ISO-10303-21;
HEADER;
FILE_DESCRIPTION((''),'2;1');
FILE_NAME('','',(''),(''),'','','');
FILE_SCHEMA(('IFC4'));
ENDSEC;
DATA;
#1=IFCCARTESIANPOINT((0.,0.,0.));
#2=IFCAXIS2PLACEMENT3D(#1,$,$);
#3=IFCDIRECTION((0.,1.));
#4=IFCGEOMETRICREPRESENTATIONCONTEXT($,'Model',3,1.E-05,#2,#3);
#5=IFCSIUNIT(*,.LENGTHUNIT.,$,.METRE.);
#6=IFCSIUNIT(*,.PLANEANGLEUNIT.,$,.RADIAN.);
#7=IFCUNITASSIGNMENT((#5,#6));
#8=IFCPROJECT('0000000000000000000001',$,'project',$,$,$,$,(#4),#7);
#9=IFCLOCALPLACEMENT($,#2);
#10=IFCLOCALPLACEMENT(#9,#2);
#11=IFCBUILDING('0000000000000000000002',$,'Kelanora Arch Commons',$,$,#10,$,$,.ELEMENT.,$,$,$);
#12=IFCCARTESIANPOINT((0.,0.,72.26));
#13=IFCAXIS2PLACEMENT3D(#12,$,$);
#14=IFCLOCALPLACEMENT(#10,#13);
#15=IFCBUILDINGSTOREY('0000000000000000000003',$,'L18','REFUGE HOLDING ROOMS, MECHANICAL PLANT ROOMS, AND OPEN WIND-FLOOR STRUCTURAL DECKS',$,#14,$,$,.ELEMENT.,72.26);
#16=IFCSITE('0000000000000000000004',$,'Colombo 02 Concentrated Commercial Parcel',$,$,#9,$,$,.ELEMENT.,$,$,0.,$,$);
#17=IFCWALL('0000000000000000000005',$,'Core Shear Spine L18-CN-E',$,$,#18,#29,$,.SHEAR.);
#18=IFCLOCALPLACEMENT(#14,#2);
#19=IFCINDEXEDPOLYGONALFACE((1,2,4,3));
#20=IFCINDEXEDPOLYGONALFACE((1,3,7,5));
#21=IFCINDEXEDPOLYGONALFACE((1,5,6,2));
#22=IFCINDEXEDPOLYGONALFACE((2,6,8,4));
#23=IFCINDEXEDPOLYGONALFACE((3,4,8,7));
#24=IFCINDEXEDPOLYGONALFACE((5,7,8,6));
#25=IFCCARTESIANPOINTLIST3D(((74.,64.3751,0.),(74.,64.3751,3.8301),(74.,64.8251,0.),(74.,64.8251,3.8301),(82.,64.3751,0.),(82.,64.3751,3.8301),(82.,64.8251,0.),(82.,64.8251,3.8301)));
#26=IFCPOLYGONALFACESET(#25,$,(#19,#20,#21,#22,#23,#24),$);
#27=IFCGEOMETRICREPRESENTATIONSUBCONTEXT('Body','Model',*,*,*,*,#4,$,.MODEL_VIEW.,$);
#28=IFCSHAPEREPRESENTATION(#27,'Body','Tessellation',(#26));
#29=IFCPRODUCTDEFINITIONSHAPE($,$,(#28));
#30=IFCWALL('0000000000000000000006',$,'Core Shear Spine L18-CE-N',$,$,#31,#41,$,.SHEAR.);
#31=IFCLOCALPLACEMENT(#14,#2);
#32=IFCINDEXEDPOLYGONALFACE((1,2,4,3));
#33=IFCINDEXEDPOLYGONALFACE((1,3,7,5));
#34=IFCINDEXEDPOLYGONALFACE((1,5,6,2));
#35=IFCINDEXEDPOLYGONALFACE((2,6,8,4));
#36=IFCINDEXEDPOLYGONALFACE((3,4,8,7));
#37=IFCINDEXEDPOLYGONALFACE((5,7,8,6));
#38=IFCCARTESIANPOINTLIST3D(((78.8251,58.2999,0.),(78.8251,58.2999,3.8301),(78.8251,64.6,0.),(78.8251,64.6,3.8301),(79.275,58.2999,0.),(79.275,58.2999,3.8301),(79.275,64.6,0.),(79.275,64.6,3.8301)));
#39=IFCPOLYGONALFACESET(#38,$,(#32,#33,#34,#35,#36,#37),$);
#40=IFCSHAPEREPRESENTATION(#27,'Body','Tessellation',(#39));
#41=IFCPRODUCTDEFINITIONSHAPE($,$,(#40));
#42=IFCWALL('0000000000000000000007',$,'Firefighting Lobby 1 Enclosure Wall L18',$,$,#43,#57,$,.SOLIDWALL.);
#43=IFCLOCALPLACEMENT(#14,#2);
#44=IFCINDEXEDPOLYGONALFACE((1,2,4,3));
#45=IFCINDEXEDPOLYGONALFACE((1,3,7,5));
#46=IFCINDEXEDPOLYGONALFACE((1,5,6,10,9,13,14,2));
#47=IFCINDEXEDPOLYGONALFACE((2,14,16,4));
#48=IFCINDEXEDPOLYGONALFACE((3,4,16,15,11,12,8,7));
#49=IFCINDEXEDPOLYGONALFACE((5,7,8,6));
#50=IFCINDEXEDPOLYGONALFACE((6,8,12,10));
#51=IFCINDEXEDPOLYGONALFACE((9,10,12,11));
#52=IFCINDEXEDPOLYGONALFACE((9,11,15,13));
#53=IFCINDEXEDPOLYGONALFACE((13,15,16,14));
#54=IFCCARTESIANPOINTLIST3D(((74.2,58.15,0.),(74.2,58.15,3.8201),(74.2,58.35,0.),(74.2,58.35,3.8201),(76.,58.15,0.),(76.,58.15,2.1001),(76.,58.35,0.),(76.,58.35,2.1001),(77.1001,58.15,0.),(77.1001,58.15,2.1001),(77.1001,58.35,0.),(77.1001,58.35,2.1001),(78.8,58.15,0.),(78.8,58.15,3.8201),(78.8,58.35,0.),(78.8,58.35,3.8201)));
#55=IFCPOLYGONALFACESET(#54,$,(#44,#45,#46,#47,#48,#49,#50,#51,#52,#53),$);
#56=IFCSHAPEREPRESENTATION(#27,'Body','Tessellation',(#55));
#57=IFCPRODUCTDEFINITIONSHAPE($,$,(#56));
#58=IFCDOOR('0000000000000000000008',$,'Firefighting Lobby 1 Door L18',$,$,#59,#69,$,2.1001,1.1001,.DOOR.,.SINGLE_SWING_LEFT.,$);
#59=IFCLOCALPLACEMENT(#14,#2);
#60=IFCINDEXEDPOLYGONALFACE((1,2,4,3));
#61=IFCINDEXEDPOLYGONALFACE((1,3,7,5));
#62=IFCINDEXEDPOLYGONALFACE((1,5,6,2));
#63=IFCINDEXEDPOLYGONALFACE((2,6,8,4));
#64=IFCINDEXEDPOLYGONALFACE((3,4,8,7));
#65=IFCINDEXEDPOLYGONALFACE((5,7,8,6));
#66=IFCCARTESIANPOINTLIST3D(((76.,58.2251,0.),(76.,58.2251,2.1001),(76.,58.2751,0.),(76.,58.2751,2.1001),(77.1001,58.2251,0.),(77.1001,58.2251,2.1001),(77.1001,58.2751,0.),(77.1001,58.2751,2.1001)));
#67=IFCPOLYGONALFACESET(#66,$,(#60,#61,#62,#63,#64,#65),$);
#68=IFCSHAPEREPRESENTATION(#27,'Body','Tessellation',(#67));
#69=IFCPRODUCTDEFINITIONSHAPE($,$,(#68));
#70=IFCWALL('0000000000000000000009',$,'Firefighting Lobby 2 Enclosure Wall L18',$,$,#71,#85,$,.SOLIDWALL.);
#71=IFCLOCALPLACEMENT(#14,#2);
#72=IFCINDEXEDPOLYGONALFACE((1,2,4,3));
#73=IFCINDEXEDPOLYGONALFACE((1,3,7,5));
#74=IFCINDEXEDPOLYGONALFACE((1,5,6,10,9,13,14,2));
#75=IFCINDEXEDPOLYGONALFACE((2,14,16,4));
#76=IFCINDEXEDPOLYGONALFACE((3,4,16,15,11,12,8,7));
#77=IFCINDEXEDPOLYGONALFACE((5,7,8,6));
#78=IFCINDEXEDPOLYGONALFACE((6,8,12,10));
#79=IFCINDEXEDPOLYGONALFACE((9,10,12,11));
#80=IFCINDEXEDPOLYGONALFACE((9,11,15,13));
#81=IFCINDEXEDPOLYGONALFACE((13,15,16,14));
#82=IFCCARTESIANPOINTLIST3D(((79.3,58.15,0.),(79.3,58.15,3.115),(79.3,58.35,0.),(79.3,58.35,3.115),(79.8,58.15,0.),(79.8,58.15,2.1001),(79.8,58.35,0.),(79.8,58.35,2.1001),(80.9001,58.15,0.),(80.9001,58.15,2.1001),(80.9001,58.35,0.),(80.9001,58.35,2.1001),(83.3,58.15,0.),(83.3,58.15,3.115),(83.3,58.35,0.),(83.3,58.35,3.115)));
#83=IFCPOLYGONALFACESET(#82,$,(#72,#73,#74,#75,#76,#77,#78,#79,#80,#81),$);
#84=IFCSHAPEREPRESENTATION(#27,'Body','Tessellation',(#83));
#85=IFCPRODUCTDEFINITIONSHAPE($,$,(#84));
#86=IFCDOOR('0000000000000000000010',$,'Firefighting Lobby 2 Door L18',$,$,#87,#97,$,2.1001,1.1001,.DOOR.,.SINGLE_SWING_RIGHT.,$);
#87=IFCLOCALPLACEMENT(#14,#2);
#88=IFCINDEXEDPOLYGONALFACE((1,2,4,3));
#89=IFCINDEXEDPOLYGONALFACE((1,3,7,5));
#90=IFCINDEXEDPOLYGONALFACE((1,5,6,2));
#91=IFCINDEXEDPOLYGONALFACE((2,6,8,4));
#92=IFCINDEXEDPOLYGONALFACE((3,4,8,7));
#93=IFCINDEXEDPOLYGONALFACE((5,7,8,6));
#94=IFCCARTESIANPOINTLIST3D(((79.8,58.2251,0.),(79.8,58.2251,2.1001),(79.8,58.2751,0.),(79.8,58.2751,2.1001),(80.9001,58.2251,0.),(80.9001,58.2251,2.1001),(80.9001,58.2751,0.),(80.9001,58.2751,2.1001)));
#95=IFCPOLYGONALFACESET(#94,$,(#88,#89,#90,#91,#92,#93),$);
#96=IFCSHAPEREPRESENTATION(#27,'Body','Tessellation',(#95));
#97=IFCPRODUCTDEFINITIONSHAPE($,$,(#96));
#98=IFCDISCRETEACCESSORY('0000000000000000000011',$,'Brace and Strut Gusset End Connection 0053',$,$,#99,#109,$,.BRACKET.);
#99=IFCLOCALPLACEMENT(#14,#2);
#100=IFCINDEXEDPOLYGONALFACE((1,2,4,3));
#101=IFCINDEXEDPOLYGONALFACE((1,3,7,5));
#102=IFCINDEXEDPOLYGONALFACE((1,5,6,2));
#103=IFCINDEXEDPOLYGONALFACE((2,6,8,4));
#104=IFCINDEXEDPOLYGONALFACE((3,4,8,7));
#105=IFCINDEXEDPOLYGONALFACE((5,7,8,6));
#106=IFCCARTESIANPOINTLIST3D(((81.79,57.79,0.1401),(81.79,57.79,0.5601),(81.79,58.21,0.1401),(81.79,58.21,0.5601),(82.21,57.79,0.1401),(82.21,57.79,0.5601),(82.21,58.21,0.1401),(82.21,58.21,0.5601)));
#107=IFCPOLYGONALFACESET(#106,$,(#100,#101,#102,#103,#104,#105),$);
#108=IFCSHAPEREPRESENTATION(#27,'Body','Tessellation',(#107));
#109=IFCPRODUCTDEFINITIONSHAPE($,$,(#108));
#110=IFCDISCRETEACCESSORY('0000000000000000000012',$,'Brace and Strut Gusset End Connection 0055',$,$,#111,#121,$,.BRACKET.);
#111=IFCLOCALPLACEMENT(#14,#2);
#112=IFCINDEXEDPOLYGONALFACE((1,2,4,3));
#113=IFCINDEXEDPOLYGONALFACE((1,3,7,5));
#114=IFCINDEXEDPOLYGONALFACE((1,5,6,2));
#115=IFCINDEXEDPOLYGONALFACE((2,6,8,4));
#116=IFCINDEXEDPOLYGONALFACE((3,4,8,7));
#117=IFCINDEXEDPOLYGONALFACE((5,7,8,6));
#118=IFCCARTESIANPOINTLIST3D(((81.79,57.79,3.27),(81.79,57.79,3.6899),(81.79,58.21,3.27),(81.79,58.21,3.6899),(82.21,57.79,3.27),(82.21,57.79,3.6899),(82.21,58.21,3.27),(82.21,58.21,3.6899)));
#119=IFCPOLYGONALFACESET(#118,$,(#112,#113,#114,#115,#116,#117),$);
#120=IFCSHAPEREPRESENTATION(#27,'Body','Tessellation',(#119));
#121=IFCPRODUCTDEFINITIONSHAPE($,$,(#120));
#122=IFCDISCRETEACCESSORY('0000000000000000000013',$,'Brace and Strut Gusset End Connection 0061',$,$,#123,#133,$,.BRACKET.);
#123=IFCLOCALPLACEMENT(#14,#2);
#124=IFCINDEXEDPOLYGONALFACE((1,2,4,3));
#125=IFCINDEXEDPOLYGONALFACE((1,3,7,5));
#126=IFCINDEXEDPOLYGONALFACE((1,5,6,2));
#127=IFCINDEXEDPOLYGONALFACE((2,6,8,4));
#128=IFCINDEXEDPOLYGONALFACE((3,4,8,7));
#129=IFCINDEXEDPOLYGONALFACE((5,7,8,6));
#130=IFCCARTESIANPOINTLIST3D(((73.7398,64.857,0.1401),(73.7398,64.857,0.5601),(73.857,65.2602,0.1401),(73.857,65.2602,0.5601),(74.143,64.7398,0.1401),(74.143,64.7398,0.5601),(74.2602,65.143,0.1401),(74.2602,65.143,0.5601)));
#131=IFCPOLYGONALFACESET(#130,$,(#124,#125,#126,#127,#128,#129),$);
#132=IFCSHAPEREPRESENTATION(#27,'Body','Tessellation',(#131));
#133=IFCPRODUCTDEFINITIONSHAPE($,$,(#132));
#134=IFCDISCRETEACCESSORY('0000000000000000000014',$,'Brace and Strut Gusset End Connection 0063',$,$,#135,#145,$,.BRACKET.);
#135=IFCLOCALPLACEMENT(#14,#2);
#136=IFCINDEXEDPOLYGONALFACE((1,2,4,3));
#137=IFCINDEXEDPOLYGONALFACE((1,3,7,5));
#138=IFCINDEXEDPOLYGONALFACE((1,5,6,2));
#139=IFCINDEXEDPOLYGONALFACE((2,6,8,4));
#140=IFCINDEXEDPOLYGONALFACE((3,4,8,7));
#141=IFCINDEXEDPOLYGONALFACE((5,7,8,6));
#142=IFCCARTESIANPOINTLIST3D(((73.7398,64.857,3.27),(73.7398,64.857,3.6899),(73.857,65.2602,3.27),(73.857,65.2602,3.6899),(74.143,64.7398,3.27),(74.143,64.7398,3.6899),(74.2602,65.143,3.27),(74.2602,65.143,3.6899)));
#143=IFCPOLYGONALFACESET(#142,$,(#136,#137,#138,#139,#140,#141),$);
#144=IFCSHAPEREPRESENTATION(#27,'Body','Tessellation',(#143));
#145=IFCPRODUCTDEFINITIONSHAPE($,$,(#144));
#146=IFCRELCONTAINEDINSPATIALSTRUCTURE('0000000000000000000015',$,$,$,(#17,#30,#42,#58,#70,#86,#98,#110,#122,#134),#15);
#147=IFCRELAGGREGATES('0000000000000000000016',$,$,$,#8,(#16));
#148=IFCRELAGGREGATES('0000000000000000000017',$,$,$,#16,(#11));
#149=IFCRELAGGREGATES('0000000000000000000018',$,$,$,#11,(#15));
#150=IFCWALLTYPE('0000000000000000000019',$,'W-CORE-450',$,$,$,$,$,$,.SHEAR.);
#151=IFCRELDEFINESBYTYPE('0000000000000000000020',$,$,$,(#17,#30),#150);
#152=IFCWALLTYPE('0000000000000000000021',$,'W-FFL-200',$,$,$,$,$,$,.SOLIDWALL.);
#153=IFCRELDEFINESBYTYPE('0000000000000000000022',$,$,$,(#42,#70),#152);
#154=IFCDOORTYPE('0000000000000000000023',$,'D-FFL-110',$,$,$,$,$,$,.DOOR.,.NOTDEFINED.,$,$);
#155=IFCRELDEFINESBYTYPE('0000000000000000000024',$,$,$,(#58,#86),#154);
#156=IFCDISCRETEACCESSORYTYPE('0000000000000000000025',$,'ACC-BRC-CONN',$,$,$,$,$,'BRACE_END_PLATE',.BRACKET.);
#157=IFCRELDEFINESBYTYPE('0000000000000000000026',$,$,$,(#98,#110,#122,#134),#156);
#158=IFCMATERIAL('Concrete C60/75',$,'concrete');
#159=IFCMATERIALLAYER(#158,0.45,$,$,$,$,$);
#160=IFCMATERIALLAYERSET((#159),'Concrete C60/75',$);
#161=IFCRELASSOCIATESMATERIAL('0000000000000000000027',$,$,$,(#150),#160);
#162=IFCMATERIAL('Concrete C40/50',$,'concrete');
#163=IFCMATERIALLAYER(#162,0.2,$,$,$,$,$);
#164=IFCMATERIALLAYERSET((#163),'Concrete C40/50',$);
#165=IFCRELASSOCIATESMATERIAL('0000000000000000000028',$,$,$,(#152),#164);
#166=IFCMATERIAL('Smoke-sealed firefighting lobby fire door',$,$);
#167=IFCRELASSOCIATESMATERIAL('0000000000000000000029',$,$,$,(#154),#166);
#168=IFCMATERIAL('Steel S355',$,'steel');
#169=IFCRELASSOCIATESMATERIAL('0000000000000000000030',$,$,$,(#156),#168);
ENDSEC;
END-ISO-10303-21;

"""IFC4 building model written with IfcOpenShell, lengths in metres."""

from ifc_helpers import new_model, si_unit, direction, frame, frame_2d, origin, origin_2d, place, context, subcontext, project, spatial, rectangle, extrude, source, transform, mapped, material, layer, layer_set, type_object, element, fill, save


model = new_model("IFC4")

# Units and contexts
model_context = context("Model", 3, precision=1e-05, world=origin(), true_north=direction((0.0, 1.0)))
body_context = subcontext(model_context, "Body", "Model", "MODEL_VIEW")
ifc_project = project(units=[si_unit("LENGTHUNIT", "METRE"), si_unit("PLANEANGLEUNIT", "RADIAN")], contexts=[model_context])

# Site, building, storey
site_placement = place(None, origin())
site = spatial("IfcSite", under=ifc_project, at=site_placement, Name="Colombo 02 Concentrated Commercial Parcel", CompositionType="ELEMENT", RefElevation=0.0)
building_placement = place(site_placement, origin())
building = spatial("IfcBuilding", under=site, at=building_placement, Name="Kelanora Arch Commons", CompositionType="ELEMENT")
storey_placement = place(building_placement, frame((0.0, 0.0, 72.26)))
storey = spatial("IfcBuildingStorey", under=building, at=storey_placement, Name="L18", Description="REFUGE HOLDING ROOMS, MECHANICAL PLANT ROOMS, AND OPEN WIND-FLOOR STRUCTURAL DECKS", CompositionType="ELEMENT", Elevation=72.26)

# Shared definitions
ifc_material_1 = material(Name="Concrete C60/75", Category="concrete")

# Shared definitions
ifc_material_2 = material(Name="Steel S355", Category="steel")

# Walls
ifc_layer_1 = layer(ifc_material_1, 0.45)
ifc_layer_set_1 = layer_set([ifc_layer_1], Name="Concrete C60/75")
wall_type_1 = type_object("IfcWallType", Name="W-CORE-450", PredefinedType="SHEAR", material=ifc_layer_set_1)
wall_1_placement = place(storey_placement, frame((74.0, 64.6001, 0.0), z_axis=(0.0, 0.0, 1.0), x_axis=(1.0, 0.0, 0.0)))
element("IfcWall", 1, at=wall_1_placement, inside=storey, type_object=wall_type_1, Name="Core Shear Spine L18-CN-E", PredefinedType="SHEAR", context=body_context, shape_type="SweptSolid", body=[
    extrude(rectangle(XDim=8.0, YDim=0.45, at=frame_2d((4.0, 0.0))), origin(), (0.0, 0.0, 1.0), 3.8301),
])
wall_2_placement = place(storey_placement, frame((79.05, 58.3, 0.0), z_axis=(0.0, 0.0, 1.0), x_axis=(0.0, 1.0, 0.0)))
element("IfcWall", 2, at=wall_2_placement, inside=storey, type_object=wall_type_1, Name="Core Shear Spine L18-CE-N", PredefinedType="SHEAR", context=body_context, shape_type="SweptSolid", body=[
    extrude(rectangle(XDim=6.3, YDim=0.45, at=frame_2d((3.1499, 0.0))), origin(), (0.0, 0.0, 1.0), 3.8301),
])

# Walls, openings, doors
ifc_material_3 = material(Name="Concrete C40/50", Category="concrete")
ifc_layer_2 = layer(ifc_material_3, 0.2)
ifc_layer_set_2 = layer_set([ifc_layer_2], Name="Concrete C40/50")
wall_type_2 = type_object("IfcWallType", Name="W-FFL-200", PredefinedType="SOLIDWALL", material=ifc_layer_set_2)
wall_3_placement = place(storey_placement, frame((74.2, 58.25, 0.0), z_axis=(0.0, 0.0, 1.0), x_axis=(1.0, 0.0, 0.0)))
wall_3 = element("IfcWall", 3, at=wall_3_placement, inside=storey, type_object=wall_type_2, Name="Firefighting Lobby 1 Enclosure Wall L18", PredefinedType="SOLIDWALL", context=body_context, shape_type="SweptSolid", body=[
    extrude(rectangle(XDim=4.6001, YDim=0.2, at=frame_2d((2.3, 0.0))), origin(), (0.0, 0.0, 1.0), 3.8201),
])
opening_1_placement = place(wall_3_placement, frame((1.8, 0.0, 0.0)))
opening_1 = element("IfcOpeningElement", 4, at=opening_1_placement, cuts=wall_3, PredefinedType="OPENING", context=body_context, shape_type="SweptSolid", body=[
    extrude(rectangle(XDim=1.1001, YDim=2.1001, at=frame_2d((0.55, 1.05))), frame((0.0, 0.1099, 0.0), z_axis=(0.0, -1.0, 0.0), x_axis=(1.0, 0.0, 0.0)), (0.0, 0.0, 1.0), 0.22),
])
ifc_material_4 = material(Name="Smoke-sealed firefighting lobby fire door")
door_type_1 = type_object("IfcDoorType", Name="D-FFL-110", OperationType="NOTDEFINED", PredefinedType="DOOR", material=ifc_material_4)
door_1_placement = place(opening_1_placement, frame((1.1001, 0.0, 0.0), z_axis=(0.0, 0.0, 1.0), x_axis=(-1.0, 0.0, 0.0)))
door_1 = element("IfcDoor", 5, at=door_1_placement, inside=storey, type_object=door_type_1, Name="Firefighting Lobby 1 Door L18", OperationType="SINGLE_SWING_LEFT", OverallHeight=2.1001, OverallWidth=1.1001, PredefinedType="DOOR", context=body_context, shape_type="SweptSolid", body=[
    extrude(rectangle(XDim=1.1001, YDim=2.1001, at=frame_2d((0.55, 1.05))), frame((0.0, 0.0249, 0.0), z_axis=(0.0, -1.0, 0.0), x_axis=(1.0, 0.0, 0.0)), (0.0, 0.0, 1.0), 0.05),
])
fill(opening_1, door_1)
wall_4_placement = place(storey_placement, frame((79.3, 58.25, 0.0), z_axis=(0.0, 0.0, 1.0), x_axis=(1.0, 0.0, 0.0)))
wall_4 = element("IfcWall", 6, at=wall_4_placement, inside=storey, type_object=wall_type_2, Name="Firefighting Lobby 2 Enclosure Wall L18", PredefinedType="SOLIDWALL", context=body_context, shape_type="SweptSolid", body=[
    extrude(rectangle(XDim=4.0, YDim=0.2, at=frame_2d((2.0, 0.0))), origin(), (0.0, 0.0, 1.0), 3.115),
])
opening_2_placement = place(wall_4_placement, frame((0.5, 0.0, 0.0)))
opening_2 = element("IfcOpeningElement", 7, at=opening_2_placement, cuts=wall_4, PredefinedType="OPENING", context=body_context, shape_type="SweptSolid", body=[
    extrude(rectangle(XDim=1.1001, YDim=2.1001, at=frame_2d((0.55, 1.05))), frame((0.0, 0.1099, 0.0), z_axis=(0.0, -1.0, 0.0), x_axis=(1.0, 0.0, 0.0)), (0.0, 0.0, 1.0), 0.22),
])
door_2_placement = place(opening_2_placement, frame((1.1001, 0.0, 0.0), z_axis=(0.0, 0.0, 1.0), x_axis=(-1.0, 0.0, 0.0)))
door_2 = element("IfcDoor", 8, at=door_2_placement, inside=storey, type_object=door_type_1, Name="Firefighting Lobby 2 Door L18", OperationType="SINGLE_SWING_RIGHT", OverallHeight=2.1001, OverallWidth=1.1001, PredefinedType="DOOR", context=body_context, shape_type="SweptSolid", body=[
    extrude(rectangle(XDim=1.1001, YDim=2.1001, at=frame_2d((0.55, 1.05))), frame((0.0, 0.0249, 0.0), z_axis=(0.0, -1.0, 0.0), x_axis=(1.0, 0.0, 0.0)), (0.0, 0.0, 1.0), 0.05),
])
fill(opening_2, door_2)

# Discrete accessories
discrete_accessory_type = type_object("IfcDiscreteAccessoryType", Name="ACC-BRC-CONN", ElementType="BRACE_END_PLATE", PredefinedType="BRACKET", material=ifc_material_2)
shared_shape_1 = source(origin(), body_context, "Body", "SweptSolid", [
    extrude(rectangle(XDim=0.4199, YDim=0.4199, at=origin_2d()), origin(), (0.0, 0.0, 1.0), 0.4199),
])
for number, where, z_axis, x_axis, name in (
    (9, (82.0, 58.0, 0.1401), (0.0, 0.0, 1.0), (1.0, 0.0, 0.0), "Brace and Strut Gusset End Connection 0053"),
    (10, (82.0, 58.0, 3.27), (0.0, 0.0, 1.0), (1.0, 0.0, 0.0), "Brace and Strut Gusset End Connection 0055"),
    (11, (74.0, 65.0, 0.1401), (0.0, 0.0, 1.0), (0.279159, 0.960245, 0.0), "Brace and Strut Gusset End Connection 0061"),
    (12, (74.0, 65.0, 3.27), (0.0, 0.0, 1.0), (0.279159, 0.960245, 0.0), "Brace and Strut Gusset End Connection 0063"),
):
    element("IfcDiscreteAccessory", number, at=place(storey_placement, frame(where, z_axis=z_axis, x_axis=x_axis)), inside=storey, type_object=discrete_accessory_type, Name=name, PredefinedType="BRACKET", context=body_context, shape_type="MappedRepresentation", body=[
        mapped(shared_shape_1, transform((0.0, 0.0, 0.0), scale=1.0)),
    ])

save(model, "model.ifc")
